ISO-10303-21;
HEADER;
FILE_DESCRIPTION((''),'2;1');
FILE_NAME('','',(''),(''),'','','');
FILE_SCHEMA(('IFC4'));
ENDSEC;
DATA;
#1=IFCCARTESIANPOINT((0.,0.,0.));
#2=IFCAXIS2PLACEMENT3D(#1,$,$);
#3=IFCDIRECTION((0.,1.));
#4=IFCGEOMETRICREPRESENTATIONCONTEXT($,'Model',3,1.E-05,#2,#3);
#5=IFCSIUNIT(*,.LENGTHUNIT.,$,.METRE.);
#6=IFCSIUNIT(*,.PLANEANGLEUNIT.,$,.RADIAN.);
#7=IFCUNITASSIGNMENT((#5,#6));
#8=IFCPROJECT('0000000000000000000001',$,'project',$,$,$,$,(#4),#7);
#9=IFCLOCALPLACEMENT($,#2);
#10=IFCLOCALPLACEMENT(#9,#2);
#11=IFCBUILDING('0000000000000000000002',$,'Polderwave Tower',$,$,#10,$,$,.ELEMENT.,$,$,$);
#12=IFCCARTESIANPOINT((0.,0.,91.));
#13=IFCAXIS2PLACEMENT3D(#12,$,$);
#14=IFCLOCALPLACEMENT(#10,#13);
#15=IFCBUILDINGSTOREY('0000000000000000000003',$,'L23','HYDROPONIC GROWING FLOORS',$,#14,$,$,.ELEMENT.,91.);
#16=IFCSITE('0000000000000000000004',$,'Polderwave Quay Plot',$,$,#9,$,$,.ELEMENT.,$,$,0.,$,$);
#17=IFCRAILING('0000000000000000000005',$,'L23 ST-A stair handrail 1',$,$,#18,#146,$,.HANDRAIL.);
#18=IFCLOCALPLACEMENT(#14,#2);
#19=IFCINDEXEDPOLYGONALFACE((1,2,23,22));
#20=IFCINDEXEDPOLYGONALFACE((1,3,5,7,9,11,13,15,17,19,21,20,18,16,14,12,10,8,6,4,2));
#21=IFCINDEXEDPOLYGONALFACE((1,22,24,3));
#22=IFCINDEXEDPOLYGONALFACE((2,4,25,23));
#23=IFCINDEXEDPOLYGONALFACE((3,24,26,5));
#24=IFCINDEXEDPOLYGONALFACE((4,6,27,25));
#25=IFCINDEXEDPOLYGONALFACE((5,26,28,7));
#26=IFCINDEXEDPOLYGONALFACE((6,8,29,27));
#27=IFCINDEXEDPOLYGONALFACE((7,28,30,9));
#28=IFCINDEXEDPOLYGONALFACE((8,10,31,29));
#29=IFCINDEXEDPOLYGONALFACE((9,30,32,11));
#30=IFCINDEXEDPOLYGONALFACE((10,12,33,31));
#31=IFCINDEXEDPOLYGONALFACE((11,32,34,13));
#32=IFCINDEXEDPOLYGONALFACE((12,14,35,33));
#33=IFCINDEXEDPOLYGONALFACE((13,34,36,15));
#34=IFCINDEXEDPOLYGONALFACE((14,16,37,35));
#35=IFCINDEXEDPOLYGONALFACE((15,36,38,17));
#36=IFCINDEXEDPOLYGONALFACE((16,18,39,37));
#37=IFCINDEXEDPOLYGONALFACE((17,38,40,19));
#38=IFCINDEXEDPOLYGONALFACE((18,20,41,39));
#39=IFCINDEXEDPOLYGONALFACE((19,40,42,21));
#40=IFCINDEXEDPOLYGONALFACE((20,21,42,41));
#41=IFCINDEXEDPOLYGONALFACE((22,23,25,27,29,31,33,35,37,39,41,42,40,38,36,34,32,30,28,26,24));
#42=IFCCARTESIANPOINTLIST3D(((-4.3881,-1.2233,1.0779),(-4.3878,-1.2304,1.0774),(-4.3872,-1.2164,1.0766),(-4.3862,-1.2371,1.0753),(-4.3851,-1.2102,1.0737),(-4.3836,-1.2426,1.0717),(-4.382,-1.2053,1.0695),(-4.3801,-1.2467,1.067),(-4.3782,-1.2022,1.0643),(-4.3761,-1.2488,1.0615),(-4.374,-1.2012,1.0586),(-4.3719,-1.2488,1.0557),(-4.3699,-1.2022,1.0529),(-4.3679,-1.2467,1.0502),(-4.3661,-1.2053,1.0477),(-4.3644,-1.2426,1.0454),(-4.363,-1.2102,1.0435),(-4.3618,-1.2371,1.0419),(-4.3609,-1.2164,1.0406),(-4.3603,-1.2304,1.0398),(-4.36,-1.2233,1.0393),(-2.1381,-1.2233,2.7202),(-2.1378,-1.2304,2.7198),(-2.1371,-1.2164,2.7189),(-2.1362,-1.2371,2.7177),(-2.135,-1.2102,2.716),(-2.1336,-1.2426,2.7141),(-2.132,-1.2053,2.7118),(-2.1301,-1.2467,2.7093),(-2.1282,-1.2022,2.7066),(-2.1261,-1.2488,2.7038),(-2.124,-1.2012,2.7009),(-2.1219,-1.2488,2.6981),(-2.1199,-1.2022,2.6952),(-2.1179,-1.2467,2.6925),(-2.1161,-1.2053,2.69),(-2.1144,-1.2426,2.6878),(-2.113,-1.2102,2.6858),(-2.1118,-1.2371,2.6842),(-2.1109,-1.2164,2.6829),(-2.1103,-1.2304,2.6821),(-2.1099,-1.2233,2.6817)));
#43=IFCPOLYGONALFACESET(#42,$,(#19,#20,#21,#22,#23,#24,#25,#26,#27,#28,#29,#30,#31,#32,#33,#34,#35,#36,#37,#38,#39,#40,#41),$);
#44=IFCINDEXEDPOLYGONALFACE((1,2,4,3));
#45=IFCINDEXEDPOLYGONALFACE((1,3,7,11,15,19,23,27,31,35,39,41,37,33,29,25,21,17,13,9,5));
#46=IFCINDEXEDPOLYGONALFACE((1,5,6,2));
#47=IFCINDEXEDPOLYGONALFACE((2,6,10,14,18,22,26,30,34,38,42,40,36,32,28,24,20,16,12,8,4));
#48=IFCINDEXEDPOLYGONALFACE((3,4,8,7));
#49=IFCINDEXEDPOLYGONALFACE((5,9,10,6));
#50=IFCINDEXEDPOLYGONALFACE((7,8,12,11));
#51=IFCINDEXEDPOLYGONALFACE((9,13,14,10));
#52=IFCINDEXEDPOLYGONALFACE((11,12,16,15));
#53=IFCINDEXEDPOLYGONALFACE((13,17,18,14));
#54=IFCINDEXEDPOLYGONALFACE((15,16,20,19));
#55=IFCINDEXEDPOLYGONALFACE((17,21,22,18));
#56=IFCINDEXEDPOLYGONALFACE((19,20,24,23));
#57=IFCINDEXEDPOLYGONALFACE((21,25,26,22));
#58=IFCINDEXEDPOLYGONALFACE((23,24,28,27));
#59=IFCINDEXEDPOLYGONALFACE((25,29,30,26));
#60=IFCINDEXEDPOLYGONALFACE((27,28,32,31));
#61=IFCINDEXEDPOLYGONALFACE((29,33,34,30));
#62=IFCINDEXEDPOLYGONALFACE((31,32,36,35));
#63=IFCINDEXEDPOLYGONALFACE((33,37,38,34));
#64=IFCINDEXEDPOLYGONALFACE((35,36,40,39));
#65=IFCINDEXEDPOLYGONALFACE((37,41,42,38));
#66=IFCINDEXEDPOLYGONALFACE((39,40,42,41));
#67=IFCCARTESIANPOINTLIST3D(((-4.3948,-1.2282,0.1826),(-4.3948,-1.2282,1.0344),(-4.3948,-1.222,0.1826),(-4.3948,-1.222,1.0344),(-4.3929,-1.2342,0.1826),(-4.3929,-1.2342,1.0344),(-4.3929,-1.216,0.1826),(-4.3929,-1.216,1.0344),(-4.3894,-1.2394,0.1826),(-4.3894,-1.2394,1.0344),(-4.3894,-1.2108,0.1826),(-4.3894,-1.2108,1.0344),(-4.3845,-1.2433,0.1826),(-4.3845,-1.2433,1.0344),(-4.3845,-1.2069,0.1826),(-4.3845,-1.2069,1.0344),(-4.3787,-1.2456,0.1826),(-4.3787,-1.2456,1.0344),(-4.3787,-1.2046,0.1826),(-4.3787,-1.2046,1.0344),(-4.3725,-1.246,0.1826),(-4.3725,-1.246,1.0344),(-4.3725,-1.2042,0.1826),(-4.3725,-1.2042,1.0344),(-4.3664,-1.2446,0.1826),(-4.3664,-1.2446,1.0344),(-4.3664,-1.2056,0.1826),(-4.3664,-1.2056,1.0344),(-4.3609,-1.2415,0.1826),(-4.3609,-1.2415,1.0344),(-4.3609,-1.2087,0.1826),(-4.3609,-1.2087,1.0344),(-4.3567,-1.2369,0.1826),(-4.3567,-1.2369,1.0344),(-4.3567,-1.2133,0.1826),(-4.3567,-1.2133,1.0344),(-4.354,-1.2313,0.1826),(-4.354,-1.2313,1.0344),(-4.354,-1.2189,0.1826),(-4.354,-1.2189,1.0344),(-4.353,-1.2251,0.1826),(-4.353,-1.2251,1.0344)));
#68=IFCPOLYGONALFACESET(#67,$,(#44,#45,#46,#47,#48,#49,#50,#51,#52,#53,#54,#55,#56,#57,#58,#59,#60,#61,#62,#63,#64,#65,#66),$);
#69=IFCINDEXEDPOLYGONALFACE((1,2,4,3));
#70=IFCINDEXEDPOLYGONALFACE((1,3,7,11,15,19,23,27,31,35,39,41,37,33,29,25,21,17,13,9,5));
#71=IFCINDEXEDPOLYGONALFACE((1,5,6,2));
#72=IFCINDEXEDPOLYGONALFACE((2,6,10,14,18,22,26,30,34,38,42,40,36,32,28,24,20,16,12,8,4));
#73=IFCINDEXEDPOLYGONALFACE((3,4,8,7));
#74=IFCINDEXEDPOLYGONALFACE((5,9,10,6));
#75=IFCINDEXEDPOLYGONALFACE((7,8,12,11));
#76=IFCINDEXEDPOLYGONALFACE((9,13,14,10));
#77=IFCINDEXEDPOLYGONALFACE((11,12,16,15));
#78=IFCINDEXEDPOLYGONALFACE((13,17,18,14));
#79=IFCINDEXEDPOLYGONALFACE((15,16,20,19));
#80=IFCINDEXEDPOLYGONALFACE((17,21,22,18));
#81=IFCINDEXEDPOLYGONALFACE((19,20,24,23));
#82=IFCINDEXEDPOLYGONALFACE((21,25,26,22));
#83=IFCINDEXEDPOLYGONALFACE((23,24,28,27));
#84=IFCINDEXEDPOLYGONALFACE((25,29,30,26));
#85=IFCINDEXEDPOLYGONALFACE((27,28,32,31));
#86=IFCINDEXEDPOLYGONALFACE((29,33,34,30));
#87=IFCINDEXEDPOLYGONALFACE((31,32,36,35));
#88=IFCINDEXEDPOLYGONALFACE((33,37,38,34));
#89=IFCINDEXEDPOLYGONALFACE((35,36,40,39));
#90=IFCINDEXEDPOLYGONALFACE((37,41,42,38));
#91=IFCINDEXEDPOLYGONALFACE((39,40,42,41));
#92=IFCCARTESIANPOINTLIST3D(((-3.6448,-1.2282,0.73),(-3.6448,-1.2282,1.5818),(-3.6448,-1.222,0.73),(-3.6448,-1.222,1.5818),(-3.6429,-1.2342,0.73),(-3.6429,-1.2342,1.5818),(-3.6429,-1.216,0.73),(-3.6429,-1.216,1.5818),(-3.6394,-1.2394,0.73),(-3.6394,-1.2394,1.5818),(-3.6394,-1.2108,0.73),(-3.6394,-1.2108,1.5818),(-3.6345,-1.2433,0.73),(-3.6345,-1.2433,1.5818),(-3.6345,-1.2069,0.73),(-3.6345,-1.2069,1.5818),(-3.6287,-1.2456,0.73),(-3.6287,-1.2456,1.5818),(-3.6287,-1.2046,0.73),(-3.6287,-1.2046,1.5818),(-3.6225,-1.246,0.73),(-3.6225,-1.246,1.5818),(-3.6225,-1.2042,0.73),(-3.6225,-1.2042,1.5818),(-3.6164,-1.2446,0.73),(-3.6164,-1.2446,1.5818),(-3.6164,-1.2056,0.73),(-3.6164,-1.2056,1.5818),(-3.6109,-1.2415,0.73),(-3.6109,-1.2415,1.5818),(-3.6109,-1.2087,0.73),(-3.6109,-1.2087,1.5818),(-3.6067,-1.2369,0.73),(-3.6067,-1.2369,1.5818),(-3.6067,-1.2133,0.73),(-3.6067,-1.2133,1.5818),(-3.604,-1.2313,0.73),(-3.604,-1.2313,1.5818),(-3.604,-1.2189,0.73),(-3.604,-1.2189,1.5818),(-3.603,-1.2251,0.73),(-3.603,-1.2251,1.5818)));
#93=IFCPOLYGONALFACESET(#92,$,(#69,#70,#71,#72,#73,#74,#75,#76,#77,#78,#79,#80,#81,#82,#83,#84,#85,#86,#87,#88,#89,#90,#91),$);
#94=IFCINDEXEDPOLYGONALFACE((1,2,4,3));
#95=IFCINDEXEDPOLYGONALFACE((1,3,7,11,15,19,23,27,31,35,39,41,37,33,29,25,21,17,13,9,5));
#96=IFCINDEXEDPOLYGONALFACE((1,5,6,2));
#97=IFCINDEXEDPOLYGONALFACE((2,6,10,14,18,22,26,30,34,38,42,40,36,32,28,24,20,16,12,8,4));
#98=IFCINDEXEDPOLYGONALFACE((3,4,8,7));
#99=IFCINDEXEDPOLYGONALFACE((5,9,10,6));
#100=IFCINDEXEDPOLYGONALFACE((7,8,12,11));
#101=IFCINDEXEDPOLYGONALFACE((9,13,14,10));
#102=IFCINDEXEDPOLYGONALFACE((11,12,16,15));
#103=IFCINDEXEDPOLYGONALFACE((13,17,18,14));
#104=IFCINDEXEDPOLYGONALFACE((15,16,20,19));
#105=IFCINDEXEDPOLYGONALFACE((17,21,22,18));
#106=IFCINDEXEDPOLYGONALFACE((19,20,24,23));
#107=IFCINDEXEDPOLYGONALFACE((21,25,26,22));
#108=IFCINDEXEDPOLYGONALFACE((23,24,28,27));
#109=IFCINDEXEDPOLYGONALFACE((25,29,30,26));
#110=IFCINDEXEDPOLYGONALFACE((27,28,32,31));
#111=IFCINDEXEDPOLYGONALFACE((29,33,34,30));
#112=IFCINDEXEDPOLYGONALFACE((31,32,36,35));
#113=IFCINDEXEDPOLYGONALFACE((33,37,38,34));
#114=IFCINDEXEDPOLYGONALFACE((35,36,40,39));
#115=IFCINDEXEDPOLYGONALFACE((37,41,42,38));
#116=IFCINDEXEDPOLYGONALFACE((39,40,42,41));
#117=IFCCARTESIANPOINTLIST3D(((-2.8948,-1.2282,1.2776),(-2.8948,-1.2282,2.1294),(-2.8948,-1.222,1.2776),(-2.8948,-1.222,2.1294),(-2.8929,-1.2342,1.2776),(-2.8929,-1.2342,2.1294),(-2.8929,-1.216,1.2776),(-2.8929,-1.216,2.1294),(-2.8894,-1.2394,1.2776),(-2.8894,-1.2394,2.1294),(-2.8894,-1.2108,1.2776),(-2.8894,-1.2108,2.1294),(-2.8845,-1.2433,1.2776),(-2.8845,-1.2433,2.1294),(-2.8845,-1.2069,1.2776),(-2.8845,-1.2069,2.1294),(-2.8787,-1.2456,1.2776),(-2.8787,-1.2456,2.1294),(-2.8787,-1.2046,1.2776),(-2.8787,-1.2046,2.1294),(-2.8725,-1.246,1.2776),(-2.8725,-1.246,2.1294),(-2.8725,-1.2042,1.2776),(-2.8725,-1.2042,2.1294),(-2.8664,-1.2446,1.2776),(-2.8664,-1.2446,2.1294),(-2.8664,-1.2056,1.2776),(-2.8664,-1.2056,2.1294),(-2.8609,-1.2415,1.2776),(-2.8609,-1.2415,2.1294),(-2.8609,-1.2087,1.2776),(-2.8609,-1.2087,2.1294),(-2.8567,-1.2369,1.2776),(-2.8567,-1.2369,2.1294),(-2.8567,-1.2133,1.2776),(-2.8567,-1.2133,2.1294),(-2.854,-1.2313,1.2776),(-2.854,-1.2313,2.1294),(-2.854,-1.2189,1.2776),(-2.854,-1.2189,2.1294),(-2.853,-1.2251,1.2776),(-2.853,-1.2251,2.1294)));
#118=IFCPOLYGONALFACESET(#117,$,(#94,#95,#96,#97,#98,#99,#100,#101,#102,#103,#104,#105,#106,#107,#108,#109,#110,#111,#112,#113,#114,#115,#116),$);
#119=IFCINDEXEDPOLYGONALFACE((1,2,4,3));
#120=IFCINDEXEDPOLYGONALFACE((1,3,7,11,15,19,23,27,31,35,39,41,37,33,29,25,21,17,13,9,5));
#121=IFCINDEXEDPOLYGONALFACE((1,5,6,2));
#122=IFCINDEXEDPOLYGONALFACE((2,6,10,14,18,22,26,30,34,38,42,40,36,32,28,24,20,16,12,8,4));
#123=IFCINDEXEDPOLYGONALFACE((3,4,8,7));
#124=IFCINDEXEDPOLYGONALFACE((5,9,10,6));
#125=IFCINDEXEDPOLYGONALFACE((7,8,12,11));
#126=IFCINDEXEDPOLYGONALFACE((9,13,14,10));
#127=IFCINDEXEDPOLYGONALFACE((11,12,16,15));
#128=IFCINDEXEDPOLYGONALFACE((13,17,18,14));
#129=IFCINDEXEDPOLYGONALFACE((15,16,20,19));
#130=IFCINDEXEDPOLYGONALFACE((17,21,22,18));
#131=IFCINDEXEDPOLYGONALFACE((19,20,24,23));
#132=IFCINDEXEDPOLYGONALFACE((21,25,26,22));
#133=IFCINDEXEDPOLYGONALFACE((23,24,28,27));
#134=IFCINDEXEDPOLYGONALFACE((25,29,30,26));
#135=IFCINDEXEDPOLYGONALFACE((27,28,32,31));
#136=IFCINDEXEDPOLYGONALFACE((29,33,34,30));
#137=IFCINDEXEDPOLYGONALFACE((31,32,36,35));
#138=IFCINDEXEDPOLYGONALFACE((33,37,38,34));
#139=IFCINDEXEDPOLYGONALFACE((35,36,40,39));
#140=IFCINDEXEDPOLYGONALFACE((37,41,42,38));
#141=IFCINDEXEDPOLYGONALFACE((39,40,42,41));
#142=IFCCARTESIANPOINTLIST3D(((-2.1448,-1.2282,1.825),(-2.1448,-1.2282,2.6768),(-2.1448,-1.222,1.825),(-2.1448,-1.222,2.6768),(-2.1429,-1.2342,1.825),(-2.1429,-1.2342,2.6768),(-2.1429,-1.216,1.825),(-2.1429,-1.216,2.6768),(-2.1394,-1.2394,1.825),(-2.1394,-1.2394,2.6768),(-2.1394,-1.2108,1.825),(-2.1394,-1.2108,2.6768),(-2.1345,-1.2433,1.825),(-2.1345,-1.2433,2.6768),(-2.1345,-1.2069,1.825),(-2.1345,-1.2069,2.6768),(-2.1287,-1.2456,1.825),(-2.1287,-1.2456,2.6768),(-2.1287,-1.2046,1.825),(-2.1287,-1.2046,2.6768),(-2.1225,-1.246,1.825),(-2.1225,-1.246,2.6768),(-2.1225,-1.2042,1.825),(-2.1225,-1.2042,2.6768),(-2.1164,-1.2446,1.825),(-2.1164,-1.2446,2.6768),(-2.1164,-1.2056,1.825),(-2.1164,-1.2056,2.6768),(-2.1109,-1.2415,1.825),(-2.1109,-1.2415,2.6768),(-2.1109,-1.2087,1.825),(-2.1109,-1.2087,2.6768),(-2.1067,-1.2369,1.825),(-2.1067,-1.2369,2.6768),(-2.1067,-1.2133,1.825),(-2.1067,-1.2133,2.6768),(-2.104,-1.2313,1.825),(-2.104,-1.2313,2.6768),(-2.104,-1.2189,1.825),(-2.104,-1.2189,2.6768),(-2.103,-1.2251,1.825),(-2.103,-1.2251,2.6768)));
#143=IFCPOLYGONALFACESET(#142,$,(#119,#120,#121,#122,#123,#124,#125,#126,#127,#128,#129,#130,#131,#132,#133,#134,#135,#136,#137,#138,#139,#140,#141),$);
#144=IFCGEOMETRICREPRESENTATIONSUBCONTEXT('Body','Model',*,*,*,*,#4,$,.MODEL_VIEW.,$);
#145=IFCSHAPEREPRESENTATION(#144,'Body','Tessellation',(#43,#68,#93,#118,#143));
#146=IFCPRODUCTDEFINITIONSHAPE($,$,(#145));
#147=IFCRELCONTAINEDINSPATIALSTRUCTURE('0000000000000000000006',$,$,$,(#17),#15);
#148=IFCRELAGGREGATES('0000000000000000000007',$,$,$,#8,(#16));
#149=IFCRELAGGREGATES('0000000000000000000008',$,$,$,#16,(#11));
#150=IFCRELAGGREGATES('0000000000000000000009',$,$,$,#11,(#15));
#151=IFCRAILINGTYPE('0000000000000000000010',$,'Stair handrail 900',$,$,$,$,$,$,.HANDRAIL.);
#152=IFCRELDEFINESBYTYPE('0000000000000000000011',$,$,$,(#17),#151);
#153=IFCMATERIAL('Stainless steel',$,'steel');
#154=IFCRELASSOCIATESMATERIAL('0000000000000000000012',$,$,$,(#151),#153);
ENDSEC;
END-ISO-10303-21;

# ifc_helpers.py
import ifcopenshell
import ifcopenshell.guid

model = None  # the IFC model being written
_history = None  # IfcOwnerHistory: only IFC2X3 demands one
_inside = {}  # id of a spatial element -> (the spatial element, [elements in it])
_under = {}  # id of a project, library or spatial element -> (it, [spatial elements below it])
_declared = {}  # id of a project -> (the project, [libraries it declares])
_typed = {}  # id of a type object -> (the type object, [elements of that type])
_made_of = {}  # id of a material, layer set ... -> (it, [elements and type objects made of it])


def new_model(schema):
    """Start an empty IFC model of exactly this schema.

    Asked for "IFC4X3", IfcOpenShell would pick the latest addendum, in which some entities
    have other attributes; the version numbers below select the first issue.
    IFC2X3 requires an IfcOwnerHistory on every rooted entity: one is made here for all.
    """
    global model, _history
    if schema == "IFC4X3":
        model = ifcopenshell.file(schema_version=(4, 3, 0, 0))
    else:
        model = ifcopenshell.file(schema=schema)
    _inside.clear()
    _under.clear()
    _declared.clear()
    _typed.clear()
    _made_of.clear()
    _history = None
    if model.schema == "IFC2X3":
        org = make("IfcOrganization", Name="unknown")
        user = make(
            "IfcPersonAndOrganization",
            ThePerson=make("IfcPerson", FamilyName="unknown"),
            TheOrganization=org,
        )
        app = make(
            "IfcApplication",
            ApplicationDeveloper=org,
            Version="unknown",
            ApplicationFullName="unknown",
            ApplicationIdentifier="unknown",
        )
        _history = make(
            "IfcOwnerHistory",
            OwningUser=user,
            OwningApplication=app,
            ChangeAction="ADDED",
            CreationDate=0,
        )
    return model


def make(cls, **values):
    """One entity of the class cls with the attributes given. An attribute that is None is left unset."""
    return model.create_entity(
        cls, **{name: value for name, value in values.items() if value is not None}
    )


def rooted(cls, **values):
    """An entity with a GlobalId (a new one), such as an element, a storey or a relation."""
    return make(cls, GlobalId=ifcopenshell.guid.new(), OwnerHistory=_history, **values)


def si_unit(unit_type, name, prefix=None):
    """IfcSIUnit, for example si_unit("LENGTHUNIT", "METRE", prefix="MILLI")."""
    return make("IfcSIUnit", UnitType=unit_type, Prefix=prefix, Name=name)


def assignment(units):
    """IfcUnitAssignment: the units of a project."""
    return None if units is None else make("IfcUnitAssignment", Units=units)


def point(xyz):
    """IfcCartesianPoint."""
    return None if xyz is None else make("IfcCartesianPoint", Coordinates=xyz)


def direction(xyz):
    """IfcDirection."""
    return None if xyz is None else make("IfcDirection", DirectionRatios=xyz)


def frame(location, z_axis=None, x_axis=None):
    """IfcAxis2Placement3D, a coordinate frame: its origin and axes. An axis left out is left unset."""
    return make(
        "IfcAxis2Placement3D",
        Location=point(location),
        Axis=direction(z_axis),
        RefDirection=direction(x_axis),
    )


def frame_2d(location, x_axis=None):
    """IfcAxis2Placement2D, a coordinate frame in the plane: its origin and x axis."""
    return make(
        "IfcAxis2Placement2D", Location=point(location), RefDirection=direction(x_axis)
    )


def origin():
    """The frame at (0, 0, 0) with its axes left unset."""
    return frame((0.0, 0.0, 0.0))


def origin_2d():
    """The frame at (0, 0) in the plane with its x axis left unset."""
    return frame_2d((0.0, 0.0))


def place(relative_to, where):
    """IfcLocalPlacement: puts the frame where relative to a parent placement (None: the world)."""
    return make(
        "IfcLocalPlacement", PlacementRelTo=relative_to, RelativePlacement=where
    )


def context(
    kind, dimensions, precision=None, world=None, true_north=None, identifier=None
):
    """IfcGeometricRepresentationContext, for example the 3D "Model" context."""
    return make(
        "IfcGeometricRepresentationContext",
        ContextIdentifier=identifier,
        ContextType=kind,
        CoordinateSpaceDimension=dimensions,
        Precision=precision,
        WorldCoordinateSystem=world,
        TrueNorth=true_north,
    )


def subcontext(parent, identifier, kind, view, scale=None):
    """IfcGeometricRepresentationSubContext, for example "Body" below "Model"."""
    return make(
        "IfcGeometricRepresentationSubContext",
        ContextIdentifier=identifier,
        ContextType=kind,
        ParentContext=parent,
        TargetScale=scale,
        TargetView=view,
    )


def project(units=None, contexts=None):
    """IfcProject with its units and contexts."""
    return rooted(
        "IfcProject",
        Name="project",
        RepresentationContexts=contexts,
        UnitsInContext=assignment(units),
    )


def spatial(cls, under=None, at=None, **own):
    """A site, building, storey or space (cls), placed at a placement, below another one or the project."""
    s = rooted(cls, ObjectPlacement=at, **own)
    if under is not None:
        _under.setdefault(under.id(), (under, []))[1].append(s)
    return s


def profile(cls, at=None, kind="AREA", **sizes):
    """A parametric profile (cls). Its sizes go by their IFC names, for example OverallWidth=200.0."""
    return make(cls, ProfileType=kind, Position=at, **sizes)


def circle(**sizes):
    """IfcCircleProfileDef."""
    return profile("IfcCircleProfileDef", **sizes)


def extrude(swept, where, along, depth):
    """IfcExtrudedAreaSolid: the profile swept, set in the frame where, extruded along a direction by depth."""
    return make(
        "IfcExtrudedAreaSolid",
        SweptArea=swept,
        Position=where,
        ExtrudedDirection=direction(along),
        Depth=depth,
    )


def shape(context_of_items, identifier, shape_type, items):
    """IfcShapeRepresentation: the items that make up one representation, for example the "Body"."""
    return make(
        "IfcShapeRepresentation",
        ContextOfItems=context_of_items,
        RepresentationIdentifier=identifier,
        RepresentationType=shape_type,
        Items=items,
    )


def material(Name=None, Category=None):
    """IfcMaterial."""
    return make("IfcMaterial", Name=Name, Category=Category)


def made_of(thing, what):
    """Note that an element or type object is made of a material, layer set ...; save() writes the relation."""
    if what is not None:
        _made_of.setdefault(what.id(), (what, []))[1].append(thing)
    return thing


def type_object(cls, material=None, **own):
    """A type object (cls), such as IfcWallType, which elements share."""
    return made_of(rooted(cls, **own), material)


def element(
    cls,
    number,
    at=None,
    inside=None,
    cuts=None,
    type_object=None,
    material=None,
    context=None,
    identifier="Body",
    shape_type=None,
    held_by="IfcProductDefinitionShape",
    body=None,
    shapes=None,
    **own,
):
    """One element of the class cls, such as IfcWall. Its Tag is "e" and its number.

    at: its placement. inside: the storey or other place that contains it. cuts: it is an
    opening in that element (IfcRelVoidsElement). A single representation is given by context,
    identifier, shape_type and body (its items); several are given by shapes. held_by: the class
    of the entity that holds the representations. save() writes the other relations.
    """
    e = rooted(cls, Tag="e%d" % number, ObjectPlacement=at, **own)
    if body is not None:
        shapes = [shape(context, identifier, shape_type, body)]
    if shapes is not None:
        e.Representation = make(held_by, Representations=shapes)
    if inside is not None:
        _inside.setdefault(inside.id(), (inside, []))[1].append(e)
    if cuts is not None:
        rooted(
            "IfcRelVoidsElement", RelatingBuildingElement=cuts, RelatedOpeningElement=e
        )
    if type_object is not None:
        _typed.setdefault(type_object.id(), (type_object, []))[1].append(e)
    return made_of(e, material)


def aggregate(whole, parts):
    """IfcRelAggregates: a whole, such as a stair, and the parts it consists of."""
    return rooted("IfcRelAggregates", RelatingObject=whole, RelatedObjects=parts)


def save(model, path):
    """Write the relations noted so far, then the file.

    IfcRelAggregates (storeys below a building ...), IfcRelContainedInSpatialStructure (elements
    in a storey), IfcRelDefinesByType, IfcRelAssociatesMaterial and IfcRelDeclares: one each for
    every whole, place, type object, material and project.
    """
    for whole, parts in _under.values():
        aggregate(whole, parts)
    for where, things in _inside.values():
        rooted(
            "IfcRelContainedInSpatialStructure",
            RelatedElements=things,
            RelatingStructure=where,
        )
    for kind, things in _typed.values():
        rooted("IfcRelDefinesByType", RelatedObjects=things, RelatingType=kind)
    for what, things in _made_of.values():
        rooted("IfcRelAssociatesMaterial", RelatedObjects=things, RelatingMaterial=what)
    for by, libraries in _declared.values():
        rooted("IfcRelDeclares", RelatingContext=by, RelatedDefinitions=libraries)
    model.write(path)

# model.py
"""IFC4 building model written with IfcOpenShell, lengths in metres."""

from ifc_helpers import new_model, si_unit, direction, frame, origin, origin_2d, place, context, subcontext, project, spatial, circle, extrude, material, type_object, element, save


model = new_model("IFC4")

# Units and contexts
model_context = context("Model", 3, precision=1e-05, world=origin(), true_north=direction((0.0, 1.0)))
body_context = subcontext(model_context, "Body", "Model", "MODEL_VIEW")
ifc_project = project(units=[si_unit("LENGTHUNIT", "METRE"), si_unit("PLANEANGLEUNIT", "RADIAN")], contexts=[model_context])

# Site, building, storey
site_placement = place(None, origin())
site = spatial("IfcSite", under=ifc_project, at=site_placement, Name="Polderwave Quay Plot", CompositionType="ELEMENT", RefElevation=0.0)
building_placement = place(site_placement, origin())
building = spatial("IfcBuilding", under=site, at=building_placement, Name="Polderwave Tower", CompositionType="ELEMENT")
storey_placement = place(building_placement, frame((0.0, 0.0, 91.0)))
storey = spatial("IfcBuildingStorey", under=building, at=storey_placement, Name="L23", Description="HYDROPONIC GROWING FLOORS", CompositionType="ELEMENT", Elevation=91.0)

# Shared definitions
ifc_material_1 = material(Name="Stainless steel", Category="steel")

# Railing
railing_type_1 = type_object("IfcRailingType", Name="Stair handrail 900", PredefinedType="HANDRAIL", material=ifc_material_1)
railing_1_placement = place(storey_placement, frame((-4.374, -1.2251, 0.1826)))
element("IfcRailing", 1, at=railing_1_placement, inside=storey, type_object=railing_type_1, Name="L23 ST-A stair handrail 1", PredefinedType="HANDRAIL", context=body_context, shape_type="SweptSolid", body=[
    extrude(circle(Radius=0.0239, at=origin_2d()), frame((0.0, 0.0, 0.876), z_axis=(0.807715, 0.0, 0.589573), x_axis=(0.0, 1.0, 0.0)), (0.0, 0.0, 1.0), 2.7856),
    extrude(circle(Radius=0.021, at=origin_2d()), origin(), (0.0, 0.0, 1.0), 0.8518),
    extrude(circle(Radius=0.021, at=origin_2d()), frame((0.75, 0.0, 0.5474)), (0.0, 0.0, 1.0), 0.8518),
    extrude(circle(Radius=0.021, at=origin_2d()), frame((1.5, 0.0, 1.095)), (0.0, 0.0, 1.0), 0.8518),
    extrude(circle(Radius=0.021, at=origin_2d()), frame((2.25, 0.0, 1.6423)), (0.0, 0.0, 1.0), 0.8518),
])

save(model, "model.ifc")
